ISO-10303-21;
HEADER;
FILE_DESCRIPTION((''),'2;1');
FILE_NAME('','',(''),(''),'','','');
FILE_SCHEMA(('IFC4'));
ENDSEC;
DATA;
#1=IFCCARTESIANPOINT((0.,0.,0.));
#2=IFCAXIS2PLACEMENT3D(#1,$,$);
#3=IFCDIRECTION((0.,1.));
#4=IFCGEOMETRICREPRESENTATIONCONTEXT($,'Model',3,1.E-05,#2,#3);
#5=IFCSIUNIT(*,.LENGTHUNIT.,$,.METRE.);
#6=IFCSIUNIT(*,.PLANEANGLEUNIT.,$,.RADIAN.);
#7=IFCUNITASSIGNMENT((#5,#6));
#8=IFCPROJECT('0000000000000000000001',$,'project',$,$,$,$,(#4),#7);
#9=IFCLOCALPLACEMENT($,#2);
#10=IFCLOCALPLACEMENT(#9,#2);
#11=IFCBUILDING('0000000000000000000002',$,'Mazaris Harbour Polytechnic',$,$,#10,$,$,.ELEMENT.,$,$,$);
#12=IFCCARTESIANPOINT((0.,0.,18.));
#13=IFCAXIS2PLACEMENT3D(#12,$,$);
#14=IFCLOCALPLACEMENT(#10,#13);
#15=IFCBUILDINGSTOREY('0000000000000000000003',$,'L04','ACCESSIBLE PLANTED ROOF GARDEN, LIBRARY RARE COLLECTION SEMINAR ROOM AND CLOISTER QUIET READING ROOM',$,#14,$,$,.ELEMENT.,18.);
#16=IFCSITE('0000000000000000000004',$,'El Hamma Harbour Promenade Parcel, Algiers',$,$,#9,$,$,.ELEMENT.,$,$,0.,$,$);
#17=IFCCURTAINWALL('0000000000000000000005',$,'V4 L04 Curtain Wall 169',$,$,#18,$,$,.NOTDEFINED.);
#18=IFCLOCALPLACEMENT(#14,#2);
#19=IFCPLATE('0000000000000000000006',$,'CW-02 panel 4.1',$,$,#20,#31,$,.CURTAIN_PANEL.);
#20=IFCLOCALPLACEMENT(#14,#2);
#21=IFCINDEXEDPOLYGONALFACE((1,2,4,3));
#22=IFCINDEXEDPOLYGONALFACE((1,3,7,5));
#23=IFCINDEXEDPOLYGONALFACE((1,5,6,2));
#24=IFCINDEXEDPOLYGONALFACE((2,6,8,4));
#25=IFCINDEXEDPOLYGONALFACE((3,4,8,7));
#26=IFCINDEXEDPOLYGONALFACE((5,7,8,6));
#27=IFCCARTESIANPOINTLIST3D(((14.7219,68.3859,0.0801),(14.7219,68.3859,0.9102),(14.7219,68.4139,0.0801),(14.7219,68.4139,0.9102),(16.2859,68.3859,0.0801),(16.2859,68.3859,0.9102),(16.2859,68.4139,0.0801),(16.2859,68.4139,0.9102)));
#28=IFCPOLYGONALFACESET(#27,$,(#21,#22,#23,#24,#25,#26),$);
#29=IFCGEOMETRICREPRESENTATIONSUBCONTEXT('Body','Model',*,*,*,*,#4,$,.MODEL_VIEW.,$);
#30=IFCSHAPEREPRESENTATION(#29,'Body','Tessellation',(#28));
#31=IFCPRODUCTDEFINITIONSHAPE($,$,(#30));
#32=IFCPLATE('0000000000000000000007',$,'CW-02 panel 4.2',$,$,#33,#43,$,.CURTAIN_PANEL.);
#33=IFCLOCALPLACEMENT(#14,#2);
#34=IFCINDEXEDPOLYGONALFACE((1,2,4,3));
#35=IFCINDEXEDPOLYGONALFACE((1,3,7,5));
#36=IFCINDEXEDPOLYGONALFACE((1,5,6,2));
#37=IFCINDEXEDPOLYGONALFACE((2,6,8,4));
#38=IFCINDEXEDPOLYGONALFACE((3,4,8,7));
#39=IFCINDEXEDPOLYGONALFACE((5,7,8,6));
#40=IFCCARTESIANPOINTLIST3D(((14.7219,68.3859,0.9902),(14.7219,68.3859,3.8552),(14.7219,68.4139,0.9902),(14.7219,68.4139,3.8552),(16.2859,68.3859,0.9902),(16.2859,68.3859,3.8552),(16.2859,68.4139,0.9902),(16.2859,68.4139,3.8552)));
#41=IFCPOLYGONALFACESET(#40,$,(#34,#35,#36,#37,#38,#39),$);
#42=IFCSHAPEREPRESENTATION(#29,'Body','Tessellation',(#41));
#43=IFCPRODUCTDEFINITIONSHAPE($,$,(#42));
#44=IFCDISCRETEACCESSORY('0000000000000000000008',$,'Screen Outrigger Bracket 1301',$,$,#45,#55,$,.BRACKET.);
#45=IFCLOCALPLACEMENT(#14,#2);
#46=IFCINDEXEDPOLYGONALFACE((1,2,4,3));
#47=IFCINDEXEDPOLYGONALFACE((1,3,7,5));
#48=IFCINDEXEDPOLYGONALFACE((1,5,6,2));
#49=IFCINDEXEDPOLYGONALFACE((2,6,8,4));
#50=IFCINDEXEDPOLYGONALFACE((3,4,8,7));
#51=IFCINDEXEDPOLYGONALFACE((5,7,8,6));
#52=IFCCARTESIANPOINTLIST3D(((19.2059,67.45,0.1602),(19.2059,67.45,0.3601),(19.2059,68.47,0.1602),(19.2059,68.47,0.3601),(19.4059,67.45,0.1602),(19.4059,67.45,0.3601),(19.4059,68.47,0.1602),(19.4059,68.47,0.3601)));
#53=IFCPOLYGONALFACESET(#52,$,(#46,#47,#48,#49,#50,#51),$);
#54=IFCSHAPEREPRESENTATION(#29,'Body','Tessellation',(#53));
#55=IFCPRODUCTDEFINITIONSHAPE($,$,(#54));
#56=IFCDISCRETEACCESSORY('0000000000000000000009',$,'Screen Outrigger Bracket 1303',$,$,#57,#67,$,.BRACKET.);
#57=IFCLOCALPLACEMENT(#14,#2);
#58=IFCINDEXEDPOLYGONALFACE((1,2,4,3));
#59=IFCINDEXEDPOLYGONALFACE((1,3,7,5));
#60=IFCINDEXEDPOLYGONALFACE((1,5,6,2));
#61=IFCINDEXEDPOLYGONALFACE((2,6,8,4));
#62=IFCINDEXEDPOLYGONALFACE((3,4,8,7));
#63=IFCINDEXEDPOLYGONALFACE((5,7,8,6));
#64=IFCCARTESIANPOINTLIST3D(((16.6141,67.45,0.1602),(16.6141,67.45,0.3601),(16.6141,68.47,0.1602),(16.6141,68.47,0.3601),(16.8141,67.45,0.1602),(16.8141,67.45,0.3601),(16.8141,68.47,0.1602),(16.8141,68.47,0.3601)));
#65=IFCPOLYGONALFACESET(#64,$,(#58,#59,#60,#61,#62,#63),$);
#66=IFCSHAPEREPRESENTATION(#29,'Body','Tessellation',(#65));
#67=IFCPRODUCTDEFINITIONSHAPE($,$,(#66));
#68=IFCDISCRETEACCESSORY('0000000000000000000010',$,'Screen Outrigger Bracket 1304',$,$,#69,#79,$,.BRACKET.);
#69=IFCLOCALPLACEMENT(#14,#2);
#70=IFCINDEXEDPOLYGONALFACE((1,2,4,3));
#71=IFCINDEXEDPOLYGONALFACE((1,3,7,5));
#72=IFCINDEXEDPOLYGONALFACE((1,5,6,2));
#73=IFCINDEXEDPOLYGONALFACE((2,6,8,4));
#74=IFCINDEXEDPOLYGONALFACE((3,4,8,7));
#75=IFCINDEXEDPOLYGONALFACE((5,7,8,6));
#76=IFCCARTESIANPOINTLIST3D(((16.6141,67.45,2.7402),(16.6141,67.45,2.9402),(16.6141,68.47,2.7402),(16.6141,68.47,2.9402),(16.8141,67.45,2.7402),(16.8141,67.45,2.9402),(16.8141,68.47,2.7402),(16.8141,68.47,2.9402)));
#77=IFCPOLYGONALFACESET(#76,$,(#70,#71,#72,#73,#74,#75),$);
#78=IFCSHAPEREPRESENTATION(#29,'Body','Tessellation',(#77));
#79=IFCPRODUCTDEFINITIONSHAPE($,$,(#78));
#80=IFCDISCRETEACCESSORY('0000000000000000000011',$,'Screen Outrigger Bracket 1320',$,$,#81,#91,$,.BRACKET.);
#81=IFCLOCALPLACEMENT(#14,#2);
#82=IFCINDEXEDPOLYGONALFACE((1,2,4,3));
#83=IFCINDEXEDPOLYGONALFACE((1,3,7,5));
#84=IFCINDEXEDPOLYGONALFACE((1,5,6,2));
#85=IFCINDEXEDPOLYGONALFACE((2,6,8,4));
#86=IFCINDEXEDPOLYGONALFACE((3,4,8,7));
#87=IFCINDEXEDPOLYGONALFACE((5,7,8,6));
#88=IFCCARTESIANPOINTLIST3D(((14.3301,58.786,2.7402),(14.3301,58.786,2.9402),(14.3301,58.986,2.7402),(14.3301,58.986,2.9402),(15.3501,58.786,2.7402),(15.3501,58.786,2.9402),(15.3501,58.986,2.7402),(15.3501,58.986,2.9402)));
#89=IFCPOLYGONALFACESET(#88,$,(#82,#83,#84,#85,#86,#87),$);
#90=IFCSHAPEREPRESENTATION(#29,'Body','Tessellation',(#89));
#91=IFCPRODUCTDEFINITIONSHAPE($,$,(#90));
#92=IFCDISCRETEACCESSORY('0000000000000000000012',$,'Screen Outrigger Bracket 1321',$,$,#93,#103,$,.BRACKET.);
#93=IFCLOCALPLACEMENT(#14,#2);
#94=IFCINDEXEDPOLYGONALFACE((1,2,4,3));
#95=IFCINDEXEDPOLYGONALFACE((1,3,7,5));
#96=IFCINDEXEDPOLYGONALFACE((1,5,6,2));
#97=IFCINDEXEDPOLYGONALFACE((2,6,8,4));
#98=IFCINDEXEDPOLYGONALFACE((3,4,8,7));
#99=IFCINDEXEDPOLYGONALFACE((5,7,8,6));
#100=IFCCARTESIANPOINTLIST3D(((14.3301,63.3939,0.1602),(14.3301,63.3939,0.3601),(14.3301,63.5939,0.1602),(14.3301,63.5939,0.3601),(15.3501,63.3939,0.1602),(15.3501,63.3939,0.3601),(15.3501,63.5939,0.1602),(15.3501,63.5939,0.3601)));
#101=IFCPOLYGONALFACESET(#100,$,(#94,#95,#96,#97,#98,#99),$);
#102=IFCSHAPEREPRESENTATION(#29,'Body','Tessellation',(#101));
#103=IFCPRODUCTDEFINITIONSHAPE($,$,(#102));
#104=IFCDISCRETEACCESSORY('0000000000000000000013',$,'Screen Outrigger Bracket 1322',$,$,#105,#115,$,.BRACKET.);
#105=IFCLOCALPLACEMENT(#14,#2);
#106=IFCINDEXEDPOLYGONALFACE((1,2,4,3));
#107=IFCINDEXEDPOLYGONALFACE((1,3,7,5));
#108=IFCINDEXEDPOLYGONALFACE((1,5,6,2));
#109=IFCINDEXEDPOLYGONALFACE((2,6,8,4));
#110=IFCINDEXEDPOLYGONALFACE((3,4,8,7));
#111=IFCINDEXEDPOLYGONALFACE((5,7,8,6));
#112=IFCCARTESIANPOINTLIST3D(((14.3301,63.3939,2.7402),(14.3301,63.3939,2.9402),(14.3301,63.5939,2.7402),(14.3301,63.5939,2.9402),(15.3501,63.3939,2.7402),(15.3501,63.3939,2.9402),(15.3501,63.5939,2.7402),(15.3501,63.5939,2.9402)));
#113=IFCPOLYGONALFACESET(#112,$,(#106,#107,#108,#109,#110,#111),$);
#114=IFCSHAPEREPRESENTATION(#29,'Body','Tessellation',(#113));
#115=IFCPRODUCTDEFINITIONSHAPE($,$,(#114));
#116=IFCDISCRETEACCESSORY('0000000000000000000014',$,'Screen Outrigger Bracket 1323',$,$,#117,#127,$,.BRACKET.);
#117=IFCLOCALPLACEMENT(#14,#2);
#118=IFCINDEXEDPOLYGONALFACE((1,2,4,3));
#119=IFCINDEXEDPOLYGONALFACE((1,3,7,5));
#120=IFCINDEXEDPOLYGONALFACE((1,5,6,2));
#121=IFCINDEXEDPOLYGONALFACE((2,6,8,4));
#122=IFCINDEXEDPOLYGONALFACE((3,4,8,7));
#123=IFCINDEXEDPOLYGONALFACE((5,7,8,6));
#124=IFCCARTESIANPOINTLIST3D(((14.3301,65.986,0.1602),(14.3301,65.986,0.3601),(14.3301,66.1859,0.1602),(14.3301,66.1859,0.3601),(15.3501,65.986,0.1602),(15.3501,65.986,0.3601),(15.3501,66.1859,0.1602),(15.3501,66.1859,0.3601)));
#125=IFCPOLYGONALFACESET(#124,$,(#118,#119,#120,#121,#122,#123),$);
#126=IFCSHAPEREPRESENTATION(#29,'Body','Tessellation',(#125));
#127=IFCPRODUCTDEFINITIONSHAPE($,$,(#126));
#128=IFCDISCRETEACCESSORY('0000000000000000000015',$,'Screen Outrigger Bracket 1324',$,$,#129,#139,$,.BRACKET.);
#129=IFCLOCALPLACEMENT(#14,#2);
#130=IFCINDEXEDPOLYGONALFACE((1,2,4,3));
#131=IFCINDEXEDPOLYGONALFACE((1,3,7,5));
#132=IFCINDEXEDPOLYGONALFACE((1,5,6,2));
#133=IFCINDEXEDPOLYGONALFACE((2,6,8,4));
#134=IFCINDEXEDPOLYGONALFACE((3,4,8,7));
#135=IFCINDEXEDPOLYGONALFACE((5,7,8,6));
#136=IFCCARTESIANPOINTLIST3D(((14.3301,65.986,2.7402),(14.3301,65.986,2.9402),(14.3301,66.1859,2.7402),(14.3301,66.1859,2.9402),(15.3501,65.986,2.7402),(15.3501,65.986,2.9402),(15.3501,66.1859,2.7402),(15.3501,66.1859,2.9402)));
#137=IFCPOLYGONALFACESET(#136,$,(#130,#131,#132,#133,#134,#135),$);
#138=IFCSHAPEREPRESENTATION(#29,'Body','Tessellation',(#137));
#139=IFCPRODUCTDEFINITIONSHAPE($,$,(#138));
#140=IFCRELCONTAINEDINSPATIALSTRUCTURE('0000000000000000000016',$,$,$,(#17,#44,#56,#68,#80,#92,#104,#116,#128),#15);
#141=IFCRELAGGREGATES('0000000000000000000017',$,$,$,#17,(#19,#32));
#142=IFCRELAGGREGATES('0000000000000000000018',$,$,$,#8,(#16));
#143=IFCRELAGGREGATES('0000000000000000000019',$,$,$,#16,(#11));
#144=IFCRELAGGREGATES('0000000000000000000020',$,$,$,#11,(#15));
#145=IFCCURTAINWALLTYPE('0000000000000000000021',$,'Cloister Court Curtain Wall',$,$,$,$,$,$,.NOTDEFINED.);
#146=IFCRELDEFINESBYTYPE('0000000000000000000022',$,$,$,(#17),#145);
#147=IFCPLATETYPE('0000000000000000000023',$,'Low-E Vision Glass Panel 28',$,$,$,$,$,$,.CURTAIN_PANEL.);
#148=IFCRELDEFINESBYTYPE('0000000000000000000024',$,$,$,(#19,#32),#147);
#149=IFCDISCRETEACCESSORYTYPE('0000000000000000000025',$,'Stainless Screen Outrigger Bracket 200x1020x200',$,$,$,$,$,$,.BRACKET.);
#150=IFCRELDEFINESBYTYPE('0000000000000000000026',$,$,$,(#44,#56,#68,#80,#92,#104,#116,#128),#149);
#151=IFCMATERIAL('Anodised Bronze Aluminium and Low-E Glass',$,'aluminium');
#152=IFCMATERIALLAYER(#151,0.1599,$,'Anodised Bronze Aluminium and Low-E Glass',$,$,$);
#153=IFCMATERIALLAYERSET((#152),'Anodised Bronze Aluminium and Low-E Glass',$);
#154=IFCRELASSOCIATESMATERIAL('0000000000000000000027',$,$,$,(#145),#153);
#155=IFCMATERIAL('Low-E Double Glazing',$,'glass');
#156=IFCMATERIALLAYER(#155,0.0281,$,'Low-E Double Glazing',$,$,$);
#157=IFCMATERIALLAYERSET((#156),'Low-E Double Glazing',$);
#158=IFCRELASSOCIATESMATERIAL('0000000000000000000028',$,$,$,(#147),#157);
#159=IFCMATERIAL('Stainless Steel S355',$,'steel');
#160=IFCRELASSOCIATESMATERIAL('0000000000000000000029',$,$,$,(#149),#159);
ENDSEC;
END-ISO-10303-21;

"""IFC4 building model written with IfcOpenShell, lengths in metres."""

from ifc_helpers import new_model, si_unit, direction, frame, origin, origin_2d, place, context, subcontext, project, spatial, rectangle, extrude, material, layer, layer_set, type_object, element, aggregate, save


model = new_model("IFC4")

# Units and contexts
model_context = context("Model", 3, precision=1e-05, world=origin(), true_north=direction((0.0, 1.0)))
body_context = subcontext(model_context, "Body", "Model", "MODEL_VIEW")
ifc_project = project(units=[si_unit("LENGTHUNIT", "METRE"), si_unit("PLANEANGLEUNIT", "RADIAN")], contexts=[model_context])

# Site, building, storey
site_placement = place(None, origin())
site = spatial("IfcSite", under=ifc_project, at=site_placement, Name="El Hamma Harbour Promenade Parcel, Algiers", CompositionType="ELEMENT", RefElevation=0.0)
building_placement = place(site_placement, origin())
building = spatial("IfcBuilding", under=site, at=building_placement, Name="Mazaris Harbour Polytechnic", CompositionType="ELEMENT")
storey_placement = place(building_placement, frame((0.0, 0.0, 18.0)))
storey = spatial("IfcBuildingStorey", under=building, at=storey_placement, Name="L04", Description="ACCESSIBLE PLANTED ROOF GARDEN, LIBRARY RARE COLLECTION SEMINAR ROOM AND CLOISTER QUIET READING ROOM", CompositionType="ELEMENT", Elevation=18.0)

# Curtain wall, plates
ifc_material_1 = material(Name="Anodised Bronze Aluminium and Low-E Glass", Category="aluminium")
ifc_layer_1 = layer(ifc_material_1, 0.1599, Name="Anodised Bronze Aluminium and Low-E Glass")
ifc_layer_set_1 = layer_set([ifc_layer_1], Name="Anodised Bronze Aluminium and Low-E Glass")
curtain_wall_type = type_object("IfcCurtainWallType", Name="Cloister Court Curtain Wall", PredefinedType="NOTDEFINED", material=ifc_layer_set_1)
curtain_wall_placement = place(storey_placement, origin())
curtain_wall = element("IfcCurtainWall", 1, at=curtain_wall_placement, inside=storey, type_object=curtain_wall_type, Name="V4 L04 Curtain Wall 169", PredefinedType="NOTDEFINED")
ifc_material_2 = material(Name="Low-E Double Glazing", Category="glass")
ifc_layer_2 = layer(ifc_material_2, 0.0281, Name="Low-E Double Glazing")
ifc_layer_set_2 = layer_set([ifc_layer_2], Name="Low-E Double Glazing")
plate_type = type_object("IfcPlateType", Name="Low-E Vision Glass Panel 28", PredefinedType="CURTAIN_PANEL", material=ifc_layer_set_2)
plate_1_placement = place(storey_placement, frame((15.5039, 68.3999, 0.0801), z_axis=(0.0, 0.0, 1.0), x_axis=(-1.0, 0.0, 0.0)))
plate_1 = element("IfcPlate", 2, at=plate_1_placement, type_object=plate_type, Name="CW-02 panel 4.1", PredefinedType="CURTAIN_PANEL", context=body_context, shape_type="SweptSolid", body=[
    extrude(rectangle(XDim=1.564, YDim=0.0281, at=origin_2d()), origin(), (0.0, 0.0, 1.0), 0.8301),
])
plate_2_placement = place(storey_placement, frame((15.5039, 68.3999, 0.9902), z_axis=(0.0, 0.0, 1.0), x_axis=(-1.0, 0.0, 0.0)))
plate_2 = element("IfcPlate", 3, at=plate_2_placement, type_object=plate_type, Name="CW-02 panel 4.2", PredefinedType="CURTAIN_PANEL", context=body_context, shape_type="SweptSolid", body=[
    extrude(rectangle(XDim=1.564, YDim=0.0281, at=origin_2d()), origin(), (0.0, 0.0, 1.0), 2.865),
])
aggregate(curtain_wall, [plate_1, plate_2])

# Discrete accessories
ifc_material_3 = material(Name="Stainless Steel S355", Category="steel")
discrete_accessory_type = type_object("IfcDiscreteAccessoryType", Name="Stainless Screen Outrigger Bracket 200x1020x200", PredefinedType="BRACKET", material=ifc_material_3)
for number, where, z_axis, x_axis, name in (
    (4, (19.3059, 67.96, 0.1602), (0.0, 0.0, 1.0), (-1.0, 0.0, 0.0), "Screen Outrigger Bracket 1301"),
    (5, (16.7141, 67.96, 0.1602), (0.0, 0.0, 1.0), (-1.0, 0.0, 0.0), "Screen Outrigger Bracket 1303"),
    (6, (16.7141, 67.96, 2.7402), (0.0, 0.0, 1.0), (-1.0, 0.0, 0.0), "Screen Outrigger Bracket 1304"),
    (7, (14.8401, 58.886, 2.7402), (0.0, 0.0, 1.0), (0.0, 1.0, 0.0), "Screen Outrigger Bracket 1320"),
    (8, (14.8401, 63.4939, 0.1602), (0.0, 0.0, 1.0), (0.0, 1.0, 0.0), "Screen Outrigger Bracket 1321"),
    (9, (14.8401, 63.4939, 2.7402), (0.0, 0.0, 1.0), (0.0, 1.0, 0.0), "Screen Outrigger Bracket 1322"),
    (10, (14.8401, 66.0859, 0.1602), (0.0, 0.0, 1.0), (0.0, 1.0, 0.0), "Screen Outrigger Bracket 1323"),
    (11, (14.8401, 66.0859, 2.7402), (0.0, 0.0, 1.0), (0.0, 1.0, 0.0), "Screen Outrigger Bracket 1324"),
):
    element("IfcDiscreteAccessory", number, at=place(storey_placement, frame(where, z_axis=z_axis, x_axis=x_axis)), inside=storey, type_object=discrete_accessory_type, Name=name, PredefinedType="BRACKET", context=body_context, shape_type="SweptSolid", body=[
        extrude(rectangle(XDim=0.2, YDim=1.02, at=origin_2d()), origin(), (0.0, 0.0, 1.0), 0.2),
    ])

save(model, "model.ifc")
